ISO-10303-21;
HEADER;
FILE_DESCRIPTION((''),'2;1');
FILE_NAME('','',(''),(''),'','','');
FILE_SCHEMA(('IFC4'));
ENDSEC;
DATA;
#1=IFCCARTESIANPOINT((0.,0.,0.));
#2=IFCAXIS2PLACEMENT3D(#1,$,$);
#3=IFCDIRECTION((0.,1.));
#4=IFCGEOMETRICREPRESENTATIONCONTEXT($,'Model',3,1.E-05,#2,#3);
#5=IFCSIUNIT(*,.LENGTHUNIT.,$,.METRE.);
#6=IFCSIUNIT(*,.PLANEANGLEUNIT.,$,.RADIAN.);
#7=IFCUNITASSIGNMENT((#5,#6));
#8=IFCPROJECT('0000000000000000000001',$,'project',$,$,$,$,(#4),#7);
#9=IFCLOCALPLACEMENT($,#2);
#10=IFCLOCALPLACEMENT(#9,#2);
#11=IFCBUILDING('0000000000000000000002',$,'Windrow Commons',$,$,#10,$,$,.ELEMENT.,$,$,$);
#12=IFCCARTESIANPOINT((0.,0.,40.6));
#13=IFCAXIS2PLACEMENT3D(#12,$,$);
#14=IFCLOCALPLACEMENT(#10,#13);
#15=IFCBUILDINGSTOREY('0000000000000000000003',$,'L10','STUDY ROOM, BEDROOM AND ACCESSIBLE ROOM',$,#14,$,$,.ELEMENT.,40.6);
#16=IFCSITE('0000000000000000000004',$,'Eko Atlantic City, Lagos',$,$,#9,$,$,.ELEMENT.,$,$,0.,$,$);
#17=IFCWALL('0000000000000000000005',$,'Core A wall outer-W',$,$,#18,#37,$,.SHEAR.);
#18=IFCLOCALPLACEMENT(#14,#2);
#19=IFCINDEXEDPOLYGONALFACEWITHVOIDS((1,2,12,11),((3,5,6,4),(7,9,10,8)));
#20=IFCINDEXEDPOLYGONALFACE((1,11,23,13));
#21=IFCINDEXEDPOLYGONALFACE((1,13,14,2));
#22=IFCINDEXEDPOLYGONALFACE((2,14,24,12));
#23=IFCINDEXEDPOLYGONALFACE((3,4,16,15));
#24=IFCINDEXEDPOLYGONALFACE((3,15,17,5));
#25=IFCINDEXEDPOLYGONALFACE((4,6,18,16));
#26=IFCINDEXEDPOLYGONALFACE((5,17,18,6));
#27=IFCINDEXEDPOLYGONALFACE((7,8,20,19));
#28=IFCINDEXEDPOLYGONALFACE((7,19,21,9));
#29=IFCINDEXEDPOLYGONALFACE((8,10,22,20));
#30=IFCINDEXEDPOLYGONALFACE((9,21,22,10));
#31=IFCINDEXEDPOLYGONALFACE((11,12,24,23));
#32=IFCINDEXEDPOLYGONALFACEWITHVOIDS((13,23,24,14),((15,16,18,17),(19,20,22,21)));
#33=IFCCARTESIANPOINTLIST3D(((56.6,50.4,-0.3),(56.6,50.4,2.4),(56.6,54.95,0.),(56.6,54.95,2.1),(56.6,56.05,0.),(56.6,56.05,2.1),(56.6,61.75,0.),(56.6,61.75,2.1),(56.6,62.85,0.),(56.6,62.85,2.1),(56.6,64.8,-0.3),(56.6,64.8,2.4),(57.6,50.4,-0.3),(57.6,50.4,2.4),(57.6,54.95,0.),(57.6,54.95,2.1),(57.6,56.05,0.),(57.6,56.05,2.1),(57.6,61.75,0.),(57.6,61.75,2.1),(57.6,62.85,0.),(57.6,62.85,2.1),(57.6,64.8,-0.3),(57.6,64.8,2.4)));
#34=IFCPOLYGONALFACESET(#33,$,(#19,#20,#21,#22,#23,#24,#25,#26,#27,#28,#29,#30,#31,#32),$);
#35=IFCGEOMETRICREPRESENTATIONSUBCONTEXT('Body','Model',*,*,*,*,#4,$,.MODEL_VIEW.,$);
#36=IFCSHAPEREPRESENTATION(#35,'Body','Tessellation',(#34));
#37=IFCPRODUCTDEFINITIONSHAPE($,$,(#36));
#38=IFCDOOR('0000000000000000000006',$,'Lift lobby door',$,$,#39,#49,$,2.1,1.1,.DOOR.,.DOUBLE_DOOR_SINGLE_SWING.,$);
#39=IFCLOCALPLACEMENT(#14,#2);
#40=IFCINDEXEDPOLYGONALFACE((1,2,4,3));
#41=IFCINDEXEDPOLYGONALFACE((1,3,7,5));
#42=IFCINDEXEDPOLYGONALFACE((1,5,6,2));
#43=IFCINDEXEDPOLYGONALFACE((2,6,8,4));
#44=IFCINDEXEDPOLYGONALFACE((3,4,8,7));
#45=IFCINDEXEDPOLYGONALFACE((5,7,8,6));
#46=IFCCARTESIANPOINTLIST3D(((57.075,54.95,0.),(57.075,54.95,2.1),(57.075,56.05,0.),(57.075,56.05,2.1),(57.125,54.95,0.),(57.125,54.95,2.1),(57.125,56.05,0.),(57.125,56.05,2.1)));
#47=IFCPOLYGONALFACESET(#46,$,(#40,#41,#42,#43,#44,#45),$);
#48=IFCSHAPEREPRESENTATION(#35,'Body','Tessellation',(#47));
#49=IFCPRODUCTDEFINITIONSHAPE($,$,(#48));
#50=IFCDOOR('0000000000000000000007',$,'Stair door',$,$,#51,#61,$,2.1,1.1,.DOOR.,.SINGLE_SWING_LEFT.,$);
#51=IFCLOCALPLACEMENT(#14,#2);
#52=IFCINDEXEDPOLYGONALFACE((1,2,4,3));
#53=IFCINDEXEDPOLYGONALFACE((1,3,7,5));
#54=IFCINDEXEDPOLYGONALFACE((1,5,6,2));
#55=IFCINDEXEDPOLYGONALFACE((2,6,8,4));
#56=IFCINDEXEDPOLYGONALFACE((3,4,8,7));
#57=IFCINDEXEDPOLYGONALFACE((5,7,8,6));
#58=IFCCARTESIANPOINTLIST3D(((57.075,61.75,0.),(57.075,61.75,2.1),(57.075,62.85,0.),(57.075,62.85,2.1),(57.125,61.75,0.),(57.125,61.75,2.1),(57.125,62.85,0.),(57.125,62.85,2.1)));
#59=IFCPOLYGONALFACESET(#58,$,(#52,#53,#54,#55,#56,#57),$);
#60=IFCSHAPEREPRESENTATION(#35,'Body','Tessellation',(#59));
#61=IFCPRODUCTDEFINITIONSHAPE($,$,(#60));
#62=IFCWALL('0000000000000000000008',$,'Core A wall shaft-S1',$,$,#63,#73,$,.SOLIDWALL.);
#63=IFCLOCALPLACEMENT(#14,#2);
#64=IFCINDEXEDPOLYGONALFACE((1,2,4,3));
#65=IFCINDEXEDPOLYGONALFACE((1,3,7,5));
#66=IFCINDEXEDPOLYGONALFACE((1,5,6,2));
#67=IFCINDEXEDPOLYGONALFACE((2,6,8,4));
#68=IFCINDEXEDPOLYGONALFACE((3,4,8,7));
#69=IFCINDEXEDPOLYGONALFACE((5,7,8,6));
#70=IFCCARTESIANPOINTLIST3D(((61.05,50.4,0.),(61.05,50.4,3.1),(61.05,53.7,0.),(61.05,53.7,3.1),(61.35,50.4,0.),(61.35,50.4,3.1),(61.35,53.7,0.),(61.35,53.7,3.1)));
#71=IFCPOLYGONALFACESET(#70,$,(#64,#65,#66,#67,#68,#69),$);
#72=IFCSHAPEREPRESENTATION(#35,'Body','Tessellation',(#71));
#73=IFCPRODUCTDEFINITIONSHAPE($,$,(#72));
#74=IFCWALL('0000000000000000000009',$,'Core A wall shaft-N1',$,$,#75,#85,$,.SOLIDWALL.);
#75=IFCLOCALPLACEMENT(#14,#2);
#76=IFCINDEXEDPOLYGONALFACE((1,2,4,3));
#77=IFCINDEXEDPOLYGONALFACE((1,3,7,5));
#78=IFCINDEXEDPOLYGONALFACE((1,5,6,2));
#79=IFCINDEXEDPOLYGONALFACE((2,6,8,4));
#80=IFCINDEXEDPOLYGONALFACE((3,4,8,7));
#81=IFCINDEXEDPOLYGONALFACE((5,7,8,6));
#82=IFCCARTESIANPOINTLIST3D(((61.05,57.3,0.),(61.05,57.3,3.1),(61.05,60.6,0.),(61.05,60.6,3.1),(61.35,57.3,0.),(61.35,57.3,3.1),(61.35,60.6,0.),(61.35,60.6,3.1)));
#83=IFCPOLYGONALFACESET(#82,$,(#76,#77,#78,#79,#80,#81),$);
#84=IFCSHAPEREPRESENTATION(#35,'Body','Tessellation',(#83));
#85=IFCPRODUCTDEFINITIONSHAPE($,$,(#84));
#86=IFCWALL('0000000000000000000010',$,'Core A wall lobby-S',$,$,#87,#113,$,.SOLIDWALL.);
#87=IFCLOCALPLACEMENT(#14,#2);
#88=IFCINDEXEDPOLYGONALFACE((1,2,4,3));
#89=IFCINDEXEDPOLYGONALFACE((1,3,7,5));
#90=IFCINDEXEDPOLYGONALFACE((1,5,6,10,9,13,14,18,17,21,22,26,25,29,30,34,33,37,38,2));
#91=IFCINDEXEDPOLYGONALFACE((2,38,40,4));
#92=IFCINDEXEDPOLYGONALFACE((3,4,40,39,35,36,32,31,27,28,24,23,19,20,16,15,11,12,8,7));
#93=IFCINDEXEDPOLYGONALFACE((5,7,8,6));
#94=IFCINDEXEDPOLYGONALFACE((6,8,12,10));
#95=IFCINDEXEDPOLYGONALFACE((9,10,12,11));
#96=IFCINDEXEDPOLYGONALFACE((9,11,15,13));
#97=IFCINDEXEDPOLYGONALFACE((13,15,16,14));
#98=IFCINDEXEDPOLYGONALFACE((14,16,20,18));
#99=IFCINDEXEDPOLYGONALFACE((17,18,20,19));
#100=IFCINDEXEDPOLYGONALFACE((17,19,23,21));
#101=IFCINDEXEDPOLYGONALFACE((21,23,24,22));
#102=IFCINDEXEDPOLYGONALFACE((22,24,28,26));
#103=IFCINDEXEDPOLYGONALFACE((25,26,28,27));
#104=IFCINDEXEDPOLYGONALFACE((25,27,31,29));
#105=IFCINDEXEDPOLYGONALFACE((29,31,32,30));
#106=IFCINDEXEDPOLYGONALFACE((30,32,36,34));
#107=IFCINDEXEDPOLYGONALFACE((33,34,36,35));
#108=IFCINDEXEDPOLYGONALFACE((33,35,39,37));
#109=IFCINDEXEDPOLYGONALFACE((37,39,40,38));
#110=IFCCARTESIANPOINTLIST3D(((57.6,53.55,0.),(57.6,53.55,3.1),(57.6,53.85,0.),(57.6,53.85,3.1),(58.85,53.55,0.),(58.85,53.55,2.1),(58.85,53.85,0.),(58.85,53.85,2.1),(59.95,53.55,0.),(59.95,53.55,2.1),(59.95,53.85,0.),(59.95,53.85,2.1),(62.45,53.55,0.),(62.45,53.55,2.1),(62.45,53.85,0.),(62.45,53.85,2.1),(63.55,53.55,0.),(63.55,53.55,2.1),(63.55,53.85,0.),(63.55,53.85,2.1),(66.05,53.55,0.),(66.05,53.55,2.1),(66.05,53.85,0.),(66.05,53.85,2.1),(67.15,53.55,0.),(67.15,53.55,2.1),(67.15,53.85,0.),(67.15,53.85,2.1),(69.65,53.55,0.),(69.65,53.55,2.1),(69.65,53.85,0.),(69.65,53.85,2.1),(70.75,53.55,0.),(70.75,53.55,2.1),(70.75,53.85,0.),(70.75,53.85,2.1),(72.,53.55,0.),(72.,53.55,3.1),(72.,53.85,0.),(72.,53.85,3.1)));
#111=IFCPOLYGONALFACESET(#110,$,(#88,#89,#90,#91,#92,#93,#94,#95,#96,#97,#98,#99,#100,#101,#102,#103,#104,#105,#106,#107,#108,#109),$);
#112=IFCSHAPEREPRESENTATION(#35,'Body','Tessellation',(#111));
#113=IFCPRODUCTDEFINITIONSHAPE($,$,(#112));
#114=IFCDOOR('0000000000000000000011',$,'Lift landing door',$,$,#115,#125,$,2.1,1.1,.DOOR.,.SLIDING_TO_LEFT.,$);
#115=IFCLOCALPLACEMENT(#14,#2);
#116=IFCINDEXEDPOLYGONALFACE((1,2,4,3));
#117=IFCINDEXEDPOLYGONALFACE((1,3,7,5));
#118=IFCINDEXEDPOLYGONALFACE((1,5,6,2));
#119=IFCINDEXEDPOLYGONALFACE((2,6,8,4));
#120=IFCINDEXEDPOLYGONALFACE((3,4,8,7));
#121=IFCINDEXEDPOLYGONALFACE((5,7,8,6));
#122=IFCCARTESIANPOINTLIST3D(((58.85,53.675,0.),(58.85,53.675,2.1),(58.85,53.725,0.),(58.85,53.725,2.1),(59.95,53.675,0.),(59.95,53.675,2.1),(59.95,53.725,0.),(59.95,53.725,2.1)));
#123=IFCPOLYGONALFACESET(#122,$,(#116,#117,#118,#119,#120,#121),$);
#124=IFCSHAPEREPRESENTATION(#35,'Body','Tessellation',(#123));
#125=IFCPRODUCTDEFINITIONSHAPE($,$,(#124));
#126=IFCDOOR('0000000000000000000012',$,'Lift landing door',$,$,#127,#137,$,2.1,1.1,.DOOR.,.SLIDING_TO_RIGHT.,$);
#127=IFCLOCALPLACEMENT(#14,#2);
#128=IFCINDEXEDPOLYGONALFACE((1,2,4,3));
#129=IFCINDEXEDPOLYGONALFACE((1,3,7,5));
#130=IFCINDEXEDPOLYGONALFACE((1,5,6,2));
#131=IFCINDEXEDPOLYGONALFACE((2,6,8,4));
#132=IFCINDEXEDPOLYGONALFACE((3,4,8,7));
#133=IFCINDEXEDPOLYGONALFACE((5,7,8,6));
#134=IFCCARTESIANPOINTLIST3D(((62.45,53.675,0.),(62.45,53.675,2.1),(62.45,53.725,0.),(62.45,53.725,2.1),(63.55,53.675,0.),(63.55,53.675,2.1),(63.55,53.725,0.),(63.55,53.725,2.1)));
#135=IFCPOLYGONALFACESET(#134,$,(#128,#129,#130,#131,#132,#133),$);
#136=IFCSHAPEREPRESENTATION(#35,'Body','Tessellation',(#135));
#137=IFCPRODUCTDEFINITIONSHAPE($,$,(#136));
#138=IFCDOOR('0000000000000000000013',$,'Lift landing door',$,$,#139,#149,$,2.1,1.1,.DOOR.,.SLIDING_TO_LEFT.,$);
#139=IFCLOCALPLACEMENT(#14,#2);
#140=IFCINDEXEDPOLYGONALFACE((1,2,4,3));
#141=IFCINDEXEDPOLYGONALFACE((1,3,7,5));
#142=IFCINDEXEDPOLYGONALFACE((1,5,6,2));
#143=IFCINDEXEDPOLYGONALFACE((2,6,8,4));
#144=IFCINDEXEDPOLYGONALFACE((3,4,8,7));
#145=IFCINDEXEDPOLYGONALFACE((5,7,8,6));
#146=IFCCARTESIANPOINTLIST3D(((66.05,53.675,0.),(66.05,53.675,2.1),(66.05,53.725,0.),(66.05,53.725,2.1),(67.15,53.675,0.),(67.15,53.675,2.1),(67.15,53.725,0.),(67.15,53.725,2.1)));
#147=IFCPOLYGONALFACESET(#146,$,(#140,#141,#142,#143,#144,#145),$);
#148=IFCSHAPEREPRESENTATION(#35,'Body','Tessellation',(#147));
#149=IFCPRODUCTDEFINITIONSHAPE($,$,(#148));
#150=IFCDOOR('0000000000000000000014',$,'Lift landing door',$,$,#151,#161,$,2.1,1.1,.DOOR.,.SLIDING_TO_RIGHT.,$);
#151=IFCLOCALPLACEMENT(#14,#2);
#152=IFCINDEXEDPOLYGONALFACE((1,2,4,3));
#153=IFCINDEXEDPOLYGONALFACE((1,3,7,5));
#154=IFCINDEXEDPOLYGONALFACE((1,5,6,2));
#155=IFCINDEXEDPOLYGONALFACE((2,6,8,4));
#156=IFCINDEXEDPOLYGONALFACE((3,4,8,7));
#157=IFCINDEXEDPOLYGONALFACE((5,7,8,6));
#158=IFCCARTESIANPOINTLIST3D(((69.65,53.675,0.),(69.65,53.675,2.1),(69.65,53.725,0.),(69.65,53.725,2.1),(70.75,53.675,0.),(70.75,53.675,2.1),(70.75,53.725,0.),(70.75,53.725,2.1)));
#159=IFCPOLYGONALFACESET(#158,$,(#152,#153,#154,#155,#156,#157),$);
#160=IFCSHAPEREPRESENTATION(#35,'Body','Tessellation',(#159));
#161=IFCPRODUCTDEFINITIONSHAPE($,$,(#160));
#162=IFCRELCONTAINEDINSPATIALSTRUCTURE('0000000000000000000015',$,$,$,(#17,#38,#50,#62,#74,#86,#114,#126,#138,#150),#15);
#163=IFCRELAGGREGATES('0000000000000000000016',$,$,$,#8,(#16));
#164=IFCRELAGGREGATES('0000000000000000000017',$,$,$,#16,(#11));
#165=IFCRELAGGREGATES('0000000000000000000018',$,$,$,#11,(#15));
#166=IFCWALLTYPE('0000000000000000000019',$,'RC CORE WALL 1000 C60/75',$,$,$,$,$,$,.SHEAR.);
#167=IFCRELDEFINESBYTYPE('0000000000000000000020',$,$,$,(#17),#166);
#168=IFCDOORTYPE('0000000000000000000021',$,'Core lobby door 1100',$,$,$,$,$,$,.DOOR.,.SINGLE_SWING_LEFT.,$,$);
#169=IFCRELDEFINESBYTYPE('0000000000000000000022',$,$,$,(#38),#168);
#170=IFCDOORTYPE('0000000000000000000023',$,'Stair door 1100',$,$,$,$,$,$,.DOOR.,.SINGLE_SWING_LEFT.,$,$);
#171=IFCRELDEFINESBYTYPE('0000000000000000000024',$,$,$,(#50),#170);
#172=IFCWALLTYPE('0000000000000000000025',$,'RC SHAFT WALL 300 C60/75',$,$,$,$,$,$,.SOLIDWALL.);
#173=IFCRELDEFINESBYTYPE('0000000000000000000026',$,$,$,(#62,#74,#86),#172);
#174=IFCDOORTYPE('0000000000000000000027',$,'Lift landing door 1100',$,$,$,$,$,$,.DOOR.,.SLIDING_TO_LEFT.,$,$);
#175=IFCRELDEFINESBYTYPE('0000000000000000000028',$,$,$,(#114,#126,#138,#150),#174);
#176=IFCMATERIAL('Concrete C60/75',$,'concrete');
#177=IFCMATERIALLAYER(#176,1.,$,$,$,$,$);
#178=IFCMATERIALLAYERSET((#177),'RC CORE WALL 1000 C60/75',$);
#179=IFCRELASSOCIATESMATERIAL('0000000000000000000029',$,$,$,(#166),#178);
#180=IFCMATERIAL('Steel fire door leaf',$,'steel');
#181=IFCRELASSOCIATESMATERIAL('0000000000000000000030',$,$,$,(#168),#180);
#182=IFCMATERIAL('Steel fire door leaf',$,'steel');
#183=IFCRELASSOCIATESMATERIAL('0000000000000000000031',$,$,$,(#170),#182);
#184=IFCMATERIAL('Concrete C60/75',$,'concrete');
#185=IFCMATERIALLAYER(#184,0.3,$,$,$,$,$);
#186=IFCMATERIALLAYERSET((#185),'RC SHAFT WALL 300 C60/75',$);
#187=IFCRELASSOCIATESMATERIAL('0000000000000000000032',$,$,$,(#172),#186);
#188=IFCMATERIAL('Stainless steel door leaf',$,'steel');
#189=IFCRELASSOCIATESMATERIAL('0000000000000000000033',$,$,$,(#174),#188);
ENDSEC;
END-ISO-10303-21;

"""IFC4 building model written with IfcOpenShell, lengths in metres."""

from ifc_helpers import new_model, si_unit, direction, frame, frame_2d, origin, place, context, subcontext, project, spatial, rectangle, extrude, material, layer, layer_set, type_object, element, fill, save


model = new_model("IFC4")

# Units and contexts
model_context = context("Model", 3, precision=1e-05, world=origin(), true_north=direction((0.0, 1.0)))
body_context = subcontext(model_context, "Body", "Model", "MODEL_VIEW")
ifc_project = project(units=[si_unit("LENGTHUNIT", "METRE"), si_unit("PLANEANGLEUNIT", "RADIAN")], contexts=[model_context])

# Site, building, storey
site_placement = place(None, origin())
site = spatial("IfcSite", under=ifc_project, at=site_placement, Name="Eko Atlantic City, Lagos", CompositionType="ELEMENT", RefElevation=0.0)
building_placement = place(site_placement, origin())
building = spatial("IfcBuilding", under=site, at=building_placement, Name="Windrow Commons", CompositionType="ELEMENT")
storey_placement = place(building_placement, frame((0.0, 0.0, 40.6)))
storey = spatial("IfcBuildingStorey", under=building, at=storey_placement, Name="L10", Description="STUDY ROOM, BEDROOM AND ACCESSIBLE ROOM", CompositionType="ELEMENT", Elevation=40.6)

# Shared definitions
ifc_material_1 = material(Name="Concrete C60/75", Category="concrete")
ifc_layer_1 = layer(ifc_material_1, 1.0)
ifc_layer_set_1 = layer_set([ifc_layer_1], Name="RC CORE WALL 1000 C60/75")
wall_type_1 = type_object("IfcWallType", Name="RC CORE WALL 1000 C60/75", PredefinedType="SHEAR", material=ifc_layer_set_1)

# Wall, openings, doors
wall_1_placement = place(storey_placement, frame((57.1, 50.4, -0.3), z_axis=(0.0, 0.0, 1.0), x_axis=(0.0, 1.0, 0.0)))
wall_1 = element("IfcWall", 1, at=wall_1_placement, inside=storey, type_object=wall_type_1, Name="Core A wall outer-W", PredefinedType="SHEAR", context=body_context, shape_type="SweptSolid", body=[
    extrude(rectangle(XDim=14.4, YDim=1.0, at=frame_2d((7.2, 0.0))), origin(), (0.0, 0.0, 1.0), 2.7),
])
opening_1_placement = place(wall_1_placement, frame((4.55, 0.0, 0.3)))
opening_1 = element("IfcOpeningElement", 2, at=opening_1_placement, cuts=wall_1, PredefinedType="OPENING", context=body_context, shape_type="SweptSolid", body=[
    extrude(rectangle(XDim=1.1, YDim=2.1, at=frame_2d((0.55, 1.05))), frame((0.0, 0.51, 0.0), z_axis=(0.0, -1.0, 0.0), x_axis=(1.0, 0.0, 0.0)), (0.0, 0.0, 1.0), 1.02),
])
opening_2_placement = place(wall_1_placement, frame((11.35, 0.0, 0.3)))
opening_2 = element("IfcOpeningElement", 3, at=opening_2_placement, cuts=wall_1, PredefinedType="OPENING", context=body_context, shape_type="SweptSolid", body=[
    extrude(rectangle(XDim=1.1, YDim=2.1, at=frame_2d((0.55, 1.05))), frame((0.0, 0.51, 0.0), z_axis=(0.0, -1.0, 0.0), x_axis=(1.0, 0.0, 0.0)), (0.0, 0.0, 1.0), 1.02),
])
ifc_material_2 = material(Name="Steel fire door leaf", Category="steel")
door_type_1 = type_object("IfcDoorType", Name="Core lobby door 1100", OperationType="SINGLE_SWING_LEFT", PredefinedType="DOOR", material=ifc_material_2)
door_1_placement = place(opening_1_placement, origin())
door_1 = element("IfcDoor", 4, at=door_1_placement, inside=storey, type_object=door_type_1, Name="Lift lobby door", OperationType="DOUBLE_DOOR_SINGLE_SWING", OverallHeight=2.1, OverallWidth=1.1, PredefinedType="DOOR", context=body_context, shape_type="SweptSolid", body=[
    extrude(rectangle(XDim=1.1, YDim=2.1, at=frame_2d((0.55, 1.05))), frame((0.0, 0.025, 0.0), z_axis=(0.0, -1.0, 0.0), x_axis=(1.0, 0.0, 0.0)), (0.0, 0.0, 1.0), 0.05),
])
fill(opening_1, door_1)
ifc_material_3 = material(Name="Steel fire door leaf", Category="steel")
door_type_2 = type_object("IfcDoorType", Name="Stair door 1100", OperationType="SINGLE_SWING_LEFT", PredefinedType="DOOR", material=ifc_material_3)
door_2_placement = place(opening_2_placement, origin())
door_2 = element("IfcDoor", 5, at=door_2_placement, inside=storey, type_object=door_type_2, Name="Stair door", OperationType="SINGLE_SWING_LEFT", OverallHeight=2.1, OverallWidth=1.1, PredefinedType="DOOR", context=body_context, shape_type="SweptSolid", body=[
    extrude(rectangle(XDim=1.1, YDim=2.1, at=frame_2d((0.55, 1.05))), frame((0.0, 0.025, 0.0), z_axis=(0.0, -1.0, 0.0), x_axis=(1.0, 0.0, 0.0)), (0.0, 0.0, 1.0), 0.05),
])
fill(opening_2, door_2)

# Walls
ifc_material_4 = material(Name="Concrete C60/75", Category="concrete")
ifc_layer_2 = layer(ifc_material_4, 0.3)
ifc_layer_set_2 = layer_set([ifc_layer_2], Name="RC SHAFT WALL 300 C60/75")
wall_type_2 = type_object("IfcWallType", Name="RC SHAFT WALL 300 C60/75", PredefinedType="SOLIDWALL", material=ifc_layer_set_2)
for number, where, z_axis, x_axis, name in (
    (6, (61.2, 50.4, 0.0), (0.0, 0.0, 1.0), (0.0, 1.0, 0.0), "Core A wall shaft-S1"),
    (7, (61.2, 57.3, 0.0), (0.0, 0.0, 1.0), (0.0, 1.0, 0.0), "Core A wall shaft-N1"),
):
    element("IfcWall", number, at=place(storey_placement, frame(where, z_axis=z_axis, x_axis=x_axis)), inside=storey, type_object=wall_type_2, Name=name, PredefinedType="SOLIDWALL", context=body_context, shape_type="SweptSolid", body=[
        extrude(rectangle(XDim=3.3, YDim=0.3, at=frame_2d((1.65, 0.0))), origin(), (0.0, 0.0, 1.0), 3.1),
    ])

# Wall, openings, doors
wall_2_placement = place(storey_placement, frame((57.6, 53.7, 0.0), z_axis=(0.0, 0.0, 1.0), x_axis=(1.0, 0.0, 0.0)))
wall_2 = element("IfcWall", 8, at=wall_2_placement, inside=storey, type_object=wall_type_2, Name="Core A wall lobby-S", PredefinedType="SOLIDWALL", context=body_context, shape_type="SweptSolid", body=[
    extrude(rectangle(XDim=14.4, YDim=0.3, at=frame_2d((7.2, 0.0))), origin(), (0.0, 0.0, 1.0), 3.1),
])
opening_3_placement = place(wall_2_placement, frame((1.25, 0.0, 0.0)))
opening_3 = element("IfcOpeningElement", 9, at=opening_3_placement, cuts=wall_2, PredefinedType="OPENING", context=body_context, shape_type="SweptSolid", body=[
    extrude(rectangle(XDim=1.1, YDim=2.1, at=frame_2d((0.55, 1.05))), frame((0.0, 0.16, 0.0), z_axis=(0.0, -1.0, 0.0), x_axis=(1.0, 0.0, 0.0)), (0.0, 0.0, 1.0), 0.32),
])
opening_4_placement = place(wall_2_placement, frame((4.85, 0.0, 0.0)))
opening_4 = element("IfcOpeningElement", 10, at=opening_4_placement, cuts=wall_2, PredefinedType="OPENING", context=body_context, shape_type="SweptSolid", body=[
    extrude(rectangle(XDim=1.1, YDim=2.1, at=frame_2d((0.55, 1.05))), frame((0.0, 0.16, 0.0), z_axis=(0.0, -1.0, 0.0), x_axis=(1.0, 0.0, 0.0)), (0.0, 0.0, 1.0), 0.32),
])
opening_5_placement = place(wall_2_placement, frame((8.45, 0.0, 0.0)))
opening_5 = element("IfcOpeningElement", 11, at=opening_5_placement, cuts=wall_2, PredefinedType="OPENING", context=body_context, shape_type="SweptSolid", body=[
    extrude(rectangle(XDim=1.1, YDim=2.1, at=frame_2d((0.55, 1.05))), frame((0.0, 0.16, 0.0), z_axis=(0.0, -1.0, 0.0), x_axis=(1.0, 0.0, 0.0)), (0.0, 0.0, 1.0), 0.32),
])
opening_6_placement = place(wall_2_placement, frame((12.05, 0.0, 0.0)))
opening_6 = element("IfcOpeningElement", 12, at=opening_6_placement, cuts=wall_2, PredefinedType="OPENING", context=body_context, shape_type="SweptSolid", body=[
    extrude(rectangle(XDim=1.1, YDim=2.1, at=frame_2d((0.55, 1.05))), frame((0.0, 0.16, 0.0), z_axis=(0.0, -1.0, 0.0), x_axis=(1.0, 0.0, 0.0)), (0.0, 0.0, 1.0), 0.32),
])
ifc_material_5 = material(Name="Stainless steel door leaf", Category="steel")
door_type_3 = type_object("IfcDoorType", Name="Lift landing door 1100", OperationType="SLIDING_TO_LEFT", PredefinedType="DOOR", material=ifc_material_5)
door_3_placement = place(opening_3_placement, origin())
door_3 = element("IfcDoor", 13, at=door_3_placement, inside=storey, type_object=door_type_3, Name="Lift landing door", OperationType="SLIDING_TO_LEFT", OverallHeight=2.1, OverallWidth=1.1, PredefinedType="DOOR", context=body_context, shape_type="SweptSolid", body=[
    extrude(rectangle(XDim=1.1, YDim=2.1, at=frame_2d((0.55, 1.05))), frame((0.0, 0.025, 0.0), z_axis=(0.0, -1.0, 0.0), x_axis=(1.0, 0.0, 0.0)), (0.0, 0.0, 1.0), 0.05),
])
fill(opening_3, door_3)
door_4_placement = place(opening_4_placement, origin())
door_4 = element("IfcDoor", 14, at=door_4_placement, inside=storey, type_object=door_type_3, Name="Lift landing door", OperationType="SLIDING_TO_RIGHT", OverallHeight=2.1, OverallWidth=1.1, PredefinedType="DOOR", context=body_context, shape_type="SweptSolid", body=[
    extrude(rectangle(XDim=1.1, YDim=2.1, at=frame_2d((0.55, 1.05))), frame((0.0, 0.025, 0.0), z_axis=(0.0, -1.0, 0.0), x_axis=(1.0, 0.0, 0.0)), (0.0, 0.0, 1.0), 0.05),
])
fill(opening_4, door_4)
door_5_placement = place(opening_5_placement, origin())
door_5 = element("IfcDoor", 15, at=door_5_placement, inside=storey, type_object=door_type_3, Name="Lift landing door", OperationType="SLIDING_TO_LEFT", OverallHeight=2.1, OverallWidth=1.1, PredefinedType="DOOR", context=body_context, shape_type="SweptSolid", body=[
    extrude(rectangle(XDim=1.1, YDim=2.1, at=frame_2d((0.55, 1.05))), frame((0.0, 0.025, 0.0), z_axis=(0.0, -1.0, 0.0), x_axis=(1.0, 0.0, 0.0)), (0.0, 0.0, 1.0), 0.05),
])
fill(opening_5, door_5)
door_6_placement = place(opening_6_placement, origin())
door_6 = element("IfcDoor", 16, at=door_6_placement, inside=storey, type_object=door_type_3, Name="Lift landing door", OperationType="SLIDING_TO_RIGHT", OverallHeight=2.1, OverallWidth=1.1, PredefinedType="DOOR", context=body_context, shape_type="SweptSolid", body=[
    extrude(rectangle(XDim=1.1, YDim=2.1, at=frame_2d((0.55, 1.05))), frame((0.0, 0.025, 0.0), z_axis=(0.0, -1.0, 0.0), x_axis=(1.0, 0.0, 0.0)), (0.0, 0.0, 1.0), 0.05),
])
fill(opening_6, door_6)

save(model, "model.ifc")
